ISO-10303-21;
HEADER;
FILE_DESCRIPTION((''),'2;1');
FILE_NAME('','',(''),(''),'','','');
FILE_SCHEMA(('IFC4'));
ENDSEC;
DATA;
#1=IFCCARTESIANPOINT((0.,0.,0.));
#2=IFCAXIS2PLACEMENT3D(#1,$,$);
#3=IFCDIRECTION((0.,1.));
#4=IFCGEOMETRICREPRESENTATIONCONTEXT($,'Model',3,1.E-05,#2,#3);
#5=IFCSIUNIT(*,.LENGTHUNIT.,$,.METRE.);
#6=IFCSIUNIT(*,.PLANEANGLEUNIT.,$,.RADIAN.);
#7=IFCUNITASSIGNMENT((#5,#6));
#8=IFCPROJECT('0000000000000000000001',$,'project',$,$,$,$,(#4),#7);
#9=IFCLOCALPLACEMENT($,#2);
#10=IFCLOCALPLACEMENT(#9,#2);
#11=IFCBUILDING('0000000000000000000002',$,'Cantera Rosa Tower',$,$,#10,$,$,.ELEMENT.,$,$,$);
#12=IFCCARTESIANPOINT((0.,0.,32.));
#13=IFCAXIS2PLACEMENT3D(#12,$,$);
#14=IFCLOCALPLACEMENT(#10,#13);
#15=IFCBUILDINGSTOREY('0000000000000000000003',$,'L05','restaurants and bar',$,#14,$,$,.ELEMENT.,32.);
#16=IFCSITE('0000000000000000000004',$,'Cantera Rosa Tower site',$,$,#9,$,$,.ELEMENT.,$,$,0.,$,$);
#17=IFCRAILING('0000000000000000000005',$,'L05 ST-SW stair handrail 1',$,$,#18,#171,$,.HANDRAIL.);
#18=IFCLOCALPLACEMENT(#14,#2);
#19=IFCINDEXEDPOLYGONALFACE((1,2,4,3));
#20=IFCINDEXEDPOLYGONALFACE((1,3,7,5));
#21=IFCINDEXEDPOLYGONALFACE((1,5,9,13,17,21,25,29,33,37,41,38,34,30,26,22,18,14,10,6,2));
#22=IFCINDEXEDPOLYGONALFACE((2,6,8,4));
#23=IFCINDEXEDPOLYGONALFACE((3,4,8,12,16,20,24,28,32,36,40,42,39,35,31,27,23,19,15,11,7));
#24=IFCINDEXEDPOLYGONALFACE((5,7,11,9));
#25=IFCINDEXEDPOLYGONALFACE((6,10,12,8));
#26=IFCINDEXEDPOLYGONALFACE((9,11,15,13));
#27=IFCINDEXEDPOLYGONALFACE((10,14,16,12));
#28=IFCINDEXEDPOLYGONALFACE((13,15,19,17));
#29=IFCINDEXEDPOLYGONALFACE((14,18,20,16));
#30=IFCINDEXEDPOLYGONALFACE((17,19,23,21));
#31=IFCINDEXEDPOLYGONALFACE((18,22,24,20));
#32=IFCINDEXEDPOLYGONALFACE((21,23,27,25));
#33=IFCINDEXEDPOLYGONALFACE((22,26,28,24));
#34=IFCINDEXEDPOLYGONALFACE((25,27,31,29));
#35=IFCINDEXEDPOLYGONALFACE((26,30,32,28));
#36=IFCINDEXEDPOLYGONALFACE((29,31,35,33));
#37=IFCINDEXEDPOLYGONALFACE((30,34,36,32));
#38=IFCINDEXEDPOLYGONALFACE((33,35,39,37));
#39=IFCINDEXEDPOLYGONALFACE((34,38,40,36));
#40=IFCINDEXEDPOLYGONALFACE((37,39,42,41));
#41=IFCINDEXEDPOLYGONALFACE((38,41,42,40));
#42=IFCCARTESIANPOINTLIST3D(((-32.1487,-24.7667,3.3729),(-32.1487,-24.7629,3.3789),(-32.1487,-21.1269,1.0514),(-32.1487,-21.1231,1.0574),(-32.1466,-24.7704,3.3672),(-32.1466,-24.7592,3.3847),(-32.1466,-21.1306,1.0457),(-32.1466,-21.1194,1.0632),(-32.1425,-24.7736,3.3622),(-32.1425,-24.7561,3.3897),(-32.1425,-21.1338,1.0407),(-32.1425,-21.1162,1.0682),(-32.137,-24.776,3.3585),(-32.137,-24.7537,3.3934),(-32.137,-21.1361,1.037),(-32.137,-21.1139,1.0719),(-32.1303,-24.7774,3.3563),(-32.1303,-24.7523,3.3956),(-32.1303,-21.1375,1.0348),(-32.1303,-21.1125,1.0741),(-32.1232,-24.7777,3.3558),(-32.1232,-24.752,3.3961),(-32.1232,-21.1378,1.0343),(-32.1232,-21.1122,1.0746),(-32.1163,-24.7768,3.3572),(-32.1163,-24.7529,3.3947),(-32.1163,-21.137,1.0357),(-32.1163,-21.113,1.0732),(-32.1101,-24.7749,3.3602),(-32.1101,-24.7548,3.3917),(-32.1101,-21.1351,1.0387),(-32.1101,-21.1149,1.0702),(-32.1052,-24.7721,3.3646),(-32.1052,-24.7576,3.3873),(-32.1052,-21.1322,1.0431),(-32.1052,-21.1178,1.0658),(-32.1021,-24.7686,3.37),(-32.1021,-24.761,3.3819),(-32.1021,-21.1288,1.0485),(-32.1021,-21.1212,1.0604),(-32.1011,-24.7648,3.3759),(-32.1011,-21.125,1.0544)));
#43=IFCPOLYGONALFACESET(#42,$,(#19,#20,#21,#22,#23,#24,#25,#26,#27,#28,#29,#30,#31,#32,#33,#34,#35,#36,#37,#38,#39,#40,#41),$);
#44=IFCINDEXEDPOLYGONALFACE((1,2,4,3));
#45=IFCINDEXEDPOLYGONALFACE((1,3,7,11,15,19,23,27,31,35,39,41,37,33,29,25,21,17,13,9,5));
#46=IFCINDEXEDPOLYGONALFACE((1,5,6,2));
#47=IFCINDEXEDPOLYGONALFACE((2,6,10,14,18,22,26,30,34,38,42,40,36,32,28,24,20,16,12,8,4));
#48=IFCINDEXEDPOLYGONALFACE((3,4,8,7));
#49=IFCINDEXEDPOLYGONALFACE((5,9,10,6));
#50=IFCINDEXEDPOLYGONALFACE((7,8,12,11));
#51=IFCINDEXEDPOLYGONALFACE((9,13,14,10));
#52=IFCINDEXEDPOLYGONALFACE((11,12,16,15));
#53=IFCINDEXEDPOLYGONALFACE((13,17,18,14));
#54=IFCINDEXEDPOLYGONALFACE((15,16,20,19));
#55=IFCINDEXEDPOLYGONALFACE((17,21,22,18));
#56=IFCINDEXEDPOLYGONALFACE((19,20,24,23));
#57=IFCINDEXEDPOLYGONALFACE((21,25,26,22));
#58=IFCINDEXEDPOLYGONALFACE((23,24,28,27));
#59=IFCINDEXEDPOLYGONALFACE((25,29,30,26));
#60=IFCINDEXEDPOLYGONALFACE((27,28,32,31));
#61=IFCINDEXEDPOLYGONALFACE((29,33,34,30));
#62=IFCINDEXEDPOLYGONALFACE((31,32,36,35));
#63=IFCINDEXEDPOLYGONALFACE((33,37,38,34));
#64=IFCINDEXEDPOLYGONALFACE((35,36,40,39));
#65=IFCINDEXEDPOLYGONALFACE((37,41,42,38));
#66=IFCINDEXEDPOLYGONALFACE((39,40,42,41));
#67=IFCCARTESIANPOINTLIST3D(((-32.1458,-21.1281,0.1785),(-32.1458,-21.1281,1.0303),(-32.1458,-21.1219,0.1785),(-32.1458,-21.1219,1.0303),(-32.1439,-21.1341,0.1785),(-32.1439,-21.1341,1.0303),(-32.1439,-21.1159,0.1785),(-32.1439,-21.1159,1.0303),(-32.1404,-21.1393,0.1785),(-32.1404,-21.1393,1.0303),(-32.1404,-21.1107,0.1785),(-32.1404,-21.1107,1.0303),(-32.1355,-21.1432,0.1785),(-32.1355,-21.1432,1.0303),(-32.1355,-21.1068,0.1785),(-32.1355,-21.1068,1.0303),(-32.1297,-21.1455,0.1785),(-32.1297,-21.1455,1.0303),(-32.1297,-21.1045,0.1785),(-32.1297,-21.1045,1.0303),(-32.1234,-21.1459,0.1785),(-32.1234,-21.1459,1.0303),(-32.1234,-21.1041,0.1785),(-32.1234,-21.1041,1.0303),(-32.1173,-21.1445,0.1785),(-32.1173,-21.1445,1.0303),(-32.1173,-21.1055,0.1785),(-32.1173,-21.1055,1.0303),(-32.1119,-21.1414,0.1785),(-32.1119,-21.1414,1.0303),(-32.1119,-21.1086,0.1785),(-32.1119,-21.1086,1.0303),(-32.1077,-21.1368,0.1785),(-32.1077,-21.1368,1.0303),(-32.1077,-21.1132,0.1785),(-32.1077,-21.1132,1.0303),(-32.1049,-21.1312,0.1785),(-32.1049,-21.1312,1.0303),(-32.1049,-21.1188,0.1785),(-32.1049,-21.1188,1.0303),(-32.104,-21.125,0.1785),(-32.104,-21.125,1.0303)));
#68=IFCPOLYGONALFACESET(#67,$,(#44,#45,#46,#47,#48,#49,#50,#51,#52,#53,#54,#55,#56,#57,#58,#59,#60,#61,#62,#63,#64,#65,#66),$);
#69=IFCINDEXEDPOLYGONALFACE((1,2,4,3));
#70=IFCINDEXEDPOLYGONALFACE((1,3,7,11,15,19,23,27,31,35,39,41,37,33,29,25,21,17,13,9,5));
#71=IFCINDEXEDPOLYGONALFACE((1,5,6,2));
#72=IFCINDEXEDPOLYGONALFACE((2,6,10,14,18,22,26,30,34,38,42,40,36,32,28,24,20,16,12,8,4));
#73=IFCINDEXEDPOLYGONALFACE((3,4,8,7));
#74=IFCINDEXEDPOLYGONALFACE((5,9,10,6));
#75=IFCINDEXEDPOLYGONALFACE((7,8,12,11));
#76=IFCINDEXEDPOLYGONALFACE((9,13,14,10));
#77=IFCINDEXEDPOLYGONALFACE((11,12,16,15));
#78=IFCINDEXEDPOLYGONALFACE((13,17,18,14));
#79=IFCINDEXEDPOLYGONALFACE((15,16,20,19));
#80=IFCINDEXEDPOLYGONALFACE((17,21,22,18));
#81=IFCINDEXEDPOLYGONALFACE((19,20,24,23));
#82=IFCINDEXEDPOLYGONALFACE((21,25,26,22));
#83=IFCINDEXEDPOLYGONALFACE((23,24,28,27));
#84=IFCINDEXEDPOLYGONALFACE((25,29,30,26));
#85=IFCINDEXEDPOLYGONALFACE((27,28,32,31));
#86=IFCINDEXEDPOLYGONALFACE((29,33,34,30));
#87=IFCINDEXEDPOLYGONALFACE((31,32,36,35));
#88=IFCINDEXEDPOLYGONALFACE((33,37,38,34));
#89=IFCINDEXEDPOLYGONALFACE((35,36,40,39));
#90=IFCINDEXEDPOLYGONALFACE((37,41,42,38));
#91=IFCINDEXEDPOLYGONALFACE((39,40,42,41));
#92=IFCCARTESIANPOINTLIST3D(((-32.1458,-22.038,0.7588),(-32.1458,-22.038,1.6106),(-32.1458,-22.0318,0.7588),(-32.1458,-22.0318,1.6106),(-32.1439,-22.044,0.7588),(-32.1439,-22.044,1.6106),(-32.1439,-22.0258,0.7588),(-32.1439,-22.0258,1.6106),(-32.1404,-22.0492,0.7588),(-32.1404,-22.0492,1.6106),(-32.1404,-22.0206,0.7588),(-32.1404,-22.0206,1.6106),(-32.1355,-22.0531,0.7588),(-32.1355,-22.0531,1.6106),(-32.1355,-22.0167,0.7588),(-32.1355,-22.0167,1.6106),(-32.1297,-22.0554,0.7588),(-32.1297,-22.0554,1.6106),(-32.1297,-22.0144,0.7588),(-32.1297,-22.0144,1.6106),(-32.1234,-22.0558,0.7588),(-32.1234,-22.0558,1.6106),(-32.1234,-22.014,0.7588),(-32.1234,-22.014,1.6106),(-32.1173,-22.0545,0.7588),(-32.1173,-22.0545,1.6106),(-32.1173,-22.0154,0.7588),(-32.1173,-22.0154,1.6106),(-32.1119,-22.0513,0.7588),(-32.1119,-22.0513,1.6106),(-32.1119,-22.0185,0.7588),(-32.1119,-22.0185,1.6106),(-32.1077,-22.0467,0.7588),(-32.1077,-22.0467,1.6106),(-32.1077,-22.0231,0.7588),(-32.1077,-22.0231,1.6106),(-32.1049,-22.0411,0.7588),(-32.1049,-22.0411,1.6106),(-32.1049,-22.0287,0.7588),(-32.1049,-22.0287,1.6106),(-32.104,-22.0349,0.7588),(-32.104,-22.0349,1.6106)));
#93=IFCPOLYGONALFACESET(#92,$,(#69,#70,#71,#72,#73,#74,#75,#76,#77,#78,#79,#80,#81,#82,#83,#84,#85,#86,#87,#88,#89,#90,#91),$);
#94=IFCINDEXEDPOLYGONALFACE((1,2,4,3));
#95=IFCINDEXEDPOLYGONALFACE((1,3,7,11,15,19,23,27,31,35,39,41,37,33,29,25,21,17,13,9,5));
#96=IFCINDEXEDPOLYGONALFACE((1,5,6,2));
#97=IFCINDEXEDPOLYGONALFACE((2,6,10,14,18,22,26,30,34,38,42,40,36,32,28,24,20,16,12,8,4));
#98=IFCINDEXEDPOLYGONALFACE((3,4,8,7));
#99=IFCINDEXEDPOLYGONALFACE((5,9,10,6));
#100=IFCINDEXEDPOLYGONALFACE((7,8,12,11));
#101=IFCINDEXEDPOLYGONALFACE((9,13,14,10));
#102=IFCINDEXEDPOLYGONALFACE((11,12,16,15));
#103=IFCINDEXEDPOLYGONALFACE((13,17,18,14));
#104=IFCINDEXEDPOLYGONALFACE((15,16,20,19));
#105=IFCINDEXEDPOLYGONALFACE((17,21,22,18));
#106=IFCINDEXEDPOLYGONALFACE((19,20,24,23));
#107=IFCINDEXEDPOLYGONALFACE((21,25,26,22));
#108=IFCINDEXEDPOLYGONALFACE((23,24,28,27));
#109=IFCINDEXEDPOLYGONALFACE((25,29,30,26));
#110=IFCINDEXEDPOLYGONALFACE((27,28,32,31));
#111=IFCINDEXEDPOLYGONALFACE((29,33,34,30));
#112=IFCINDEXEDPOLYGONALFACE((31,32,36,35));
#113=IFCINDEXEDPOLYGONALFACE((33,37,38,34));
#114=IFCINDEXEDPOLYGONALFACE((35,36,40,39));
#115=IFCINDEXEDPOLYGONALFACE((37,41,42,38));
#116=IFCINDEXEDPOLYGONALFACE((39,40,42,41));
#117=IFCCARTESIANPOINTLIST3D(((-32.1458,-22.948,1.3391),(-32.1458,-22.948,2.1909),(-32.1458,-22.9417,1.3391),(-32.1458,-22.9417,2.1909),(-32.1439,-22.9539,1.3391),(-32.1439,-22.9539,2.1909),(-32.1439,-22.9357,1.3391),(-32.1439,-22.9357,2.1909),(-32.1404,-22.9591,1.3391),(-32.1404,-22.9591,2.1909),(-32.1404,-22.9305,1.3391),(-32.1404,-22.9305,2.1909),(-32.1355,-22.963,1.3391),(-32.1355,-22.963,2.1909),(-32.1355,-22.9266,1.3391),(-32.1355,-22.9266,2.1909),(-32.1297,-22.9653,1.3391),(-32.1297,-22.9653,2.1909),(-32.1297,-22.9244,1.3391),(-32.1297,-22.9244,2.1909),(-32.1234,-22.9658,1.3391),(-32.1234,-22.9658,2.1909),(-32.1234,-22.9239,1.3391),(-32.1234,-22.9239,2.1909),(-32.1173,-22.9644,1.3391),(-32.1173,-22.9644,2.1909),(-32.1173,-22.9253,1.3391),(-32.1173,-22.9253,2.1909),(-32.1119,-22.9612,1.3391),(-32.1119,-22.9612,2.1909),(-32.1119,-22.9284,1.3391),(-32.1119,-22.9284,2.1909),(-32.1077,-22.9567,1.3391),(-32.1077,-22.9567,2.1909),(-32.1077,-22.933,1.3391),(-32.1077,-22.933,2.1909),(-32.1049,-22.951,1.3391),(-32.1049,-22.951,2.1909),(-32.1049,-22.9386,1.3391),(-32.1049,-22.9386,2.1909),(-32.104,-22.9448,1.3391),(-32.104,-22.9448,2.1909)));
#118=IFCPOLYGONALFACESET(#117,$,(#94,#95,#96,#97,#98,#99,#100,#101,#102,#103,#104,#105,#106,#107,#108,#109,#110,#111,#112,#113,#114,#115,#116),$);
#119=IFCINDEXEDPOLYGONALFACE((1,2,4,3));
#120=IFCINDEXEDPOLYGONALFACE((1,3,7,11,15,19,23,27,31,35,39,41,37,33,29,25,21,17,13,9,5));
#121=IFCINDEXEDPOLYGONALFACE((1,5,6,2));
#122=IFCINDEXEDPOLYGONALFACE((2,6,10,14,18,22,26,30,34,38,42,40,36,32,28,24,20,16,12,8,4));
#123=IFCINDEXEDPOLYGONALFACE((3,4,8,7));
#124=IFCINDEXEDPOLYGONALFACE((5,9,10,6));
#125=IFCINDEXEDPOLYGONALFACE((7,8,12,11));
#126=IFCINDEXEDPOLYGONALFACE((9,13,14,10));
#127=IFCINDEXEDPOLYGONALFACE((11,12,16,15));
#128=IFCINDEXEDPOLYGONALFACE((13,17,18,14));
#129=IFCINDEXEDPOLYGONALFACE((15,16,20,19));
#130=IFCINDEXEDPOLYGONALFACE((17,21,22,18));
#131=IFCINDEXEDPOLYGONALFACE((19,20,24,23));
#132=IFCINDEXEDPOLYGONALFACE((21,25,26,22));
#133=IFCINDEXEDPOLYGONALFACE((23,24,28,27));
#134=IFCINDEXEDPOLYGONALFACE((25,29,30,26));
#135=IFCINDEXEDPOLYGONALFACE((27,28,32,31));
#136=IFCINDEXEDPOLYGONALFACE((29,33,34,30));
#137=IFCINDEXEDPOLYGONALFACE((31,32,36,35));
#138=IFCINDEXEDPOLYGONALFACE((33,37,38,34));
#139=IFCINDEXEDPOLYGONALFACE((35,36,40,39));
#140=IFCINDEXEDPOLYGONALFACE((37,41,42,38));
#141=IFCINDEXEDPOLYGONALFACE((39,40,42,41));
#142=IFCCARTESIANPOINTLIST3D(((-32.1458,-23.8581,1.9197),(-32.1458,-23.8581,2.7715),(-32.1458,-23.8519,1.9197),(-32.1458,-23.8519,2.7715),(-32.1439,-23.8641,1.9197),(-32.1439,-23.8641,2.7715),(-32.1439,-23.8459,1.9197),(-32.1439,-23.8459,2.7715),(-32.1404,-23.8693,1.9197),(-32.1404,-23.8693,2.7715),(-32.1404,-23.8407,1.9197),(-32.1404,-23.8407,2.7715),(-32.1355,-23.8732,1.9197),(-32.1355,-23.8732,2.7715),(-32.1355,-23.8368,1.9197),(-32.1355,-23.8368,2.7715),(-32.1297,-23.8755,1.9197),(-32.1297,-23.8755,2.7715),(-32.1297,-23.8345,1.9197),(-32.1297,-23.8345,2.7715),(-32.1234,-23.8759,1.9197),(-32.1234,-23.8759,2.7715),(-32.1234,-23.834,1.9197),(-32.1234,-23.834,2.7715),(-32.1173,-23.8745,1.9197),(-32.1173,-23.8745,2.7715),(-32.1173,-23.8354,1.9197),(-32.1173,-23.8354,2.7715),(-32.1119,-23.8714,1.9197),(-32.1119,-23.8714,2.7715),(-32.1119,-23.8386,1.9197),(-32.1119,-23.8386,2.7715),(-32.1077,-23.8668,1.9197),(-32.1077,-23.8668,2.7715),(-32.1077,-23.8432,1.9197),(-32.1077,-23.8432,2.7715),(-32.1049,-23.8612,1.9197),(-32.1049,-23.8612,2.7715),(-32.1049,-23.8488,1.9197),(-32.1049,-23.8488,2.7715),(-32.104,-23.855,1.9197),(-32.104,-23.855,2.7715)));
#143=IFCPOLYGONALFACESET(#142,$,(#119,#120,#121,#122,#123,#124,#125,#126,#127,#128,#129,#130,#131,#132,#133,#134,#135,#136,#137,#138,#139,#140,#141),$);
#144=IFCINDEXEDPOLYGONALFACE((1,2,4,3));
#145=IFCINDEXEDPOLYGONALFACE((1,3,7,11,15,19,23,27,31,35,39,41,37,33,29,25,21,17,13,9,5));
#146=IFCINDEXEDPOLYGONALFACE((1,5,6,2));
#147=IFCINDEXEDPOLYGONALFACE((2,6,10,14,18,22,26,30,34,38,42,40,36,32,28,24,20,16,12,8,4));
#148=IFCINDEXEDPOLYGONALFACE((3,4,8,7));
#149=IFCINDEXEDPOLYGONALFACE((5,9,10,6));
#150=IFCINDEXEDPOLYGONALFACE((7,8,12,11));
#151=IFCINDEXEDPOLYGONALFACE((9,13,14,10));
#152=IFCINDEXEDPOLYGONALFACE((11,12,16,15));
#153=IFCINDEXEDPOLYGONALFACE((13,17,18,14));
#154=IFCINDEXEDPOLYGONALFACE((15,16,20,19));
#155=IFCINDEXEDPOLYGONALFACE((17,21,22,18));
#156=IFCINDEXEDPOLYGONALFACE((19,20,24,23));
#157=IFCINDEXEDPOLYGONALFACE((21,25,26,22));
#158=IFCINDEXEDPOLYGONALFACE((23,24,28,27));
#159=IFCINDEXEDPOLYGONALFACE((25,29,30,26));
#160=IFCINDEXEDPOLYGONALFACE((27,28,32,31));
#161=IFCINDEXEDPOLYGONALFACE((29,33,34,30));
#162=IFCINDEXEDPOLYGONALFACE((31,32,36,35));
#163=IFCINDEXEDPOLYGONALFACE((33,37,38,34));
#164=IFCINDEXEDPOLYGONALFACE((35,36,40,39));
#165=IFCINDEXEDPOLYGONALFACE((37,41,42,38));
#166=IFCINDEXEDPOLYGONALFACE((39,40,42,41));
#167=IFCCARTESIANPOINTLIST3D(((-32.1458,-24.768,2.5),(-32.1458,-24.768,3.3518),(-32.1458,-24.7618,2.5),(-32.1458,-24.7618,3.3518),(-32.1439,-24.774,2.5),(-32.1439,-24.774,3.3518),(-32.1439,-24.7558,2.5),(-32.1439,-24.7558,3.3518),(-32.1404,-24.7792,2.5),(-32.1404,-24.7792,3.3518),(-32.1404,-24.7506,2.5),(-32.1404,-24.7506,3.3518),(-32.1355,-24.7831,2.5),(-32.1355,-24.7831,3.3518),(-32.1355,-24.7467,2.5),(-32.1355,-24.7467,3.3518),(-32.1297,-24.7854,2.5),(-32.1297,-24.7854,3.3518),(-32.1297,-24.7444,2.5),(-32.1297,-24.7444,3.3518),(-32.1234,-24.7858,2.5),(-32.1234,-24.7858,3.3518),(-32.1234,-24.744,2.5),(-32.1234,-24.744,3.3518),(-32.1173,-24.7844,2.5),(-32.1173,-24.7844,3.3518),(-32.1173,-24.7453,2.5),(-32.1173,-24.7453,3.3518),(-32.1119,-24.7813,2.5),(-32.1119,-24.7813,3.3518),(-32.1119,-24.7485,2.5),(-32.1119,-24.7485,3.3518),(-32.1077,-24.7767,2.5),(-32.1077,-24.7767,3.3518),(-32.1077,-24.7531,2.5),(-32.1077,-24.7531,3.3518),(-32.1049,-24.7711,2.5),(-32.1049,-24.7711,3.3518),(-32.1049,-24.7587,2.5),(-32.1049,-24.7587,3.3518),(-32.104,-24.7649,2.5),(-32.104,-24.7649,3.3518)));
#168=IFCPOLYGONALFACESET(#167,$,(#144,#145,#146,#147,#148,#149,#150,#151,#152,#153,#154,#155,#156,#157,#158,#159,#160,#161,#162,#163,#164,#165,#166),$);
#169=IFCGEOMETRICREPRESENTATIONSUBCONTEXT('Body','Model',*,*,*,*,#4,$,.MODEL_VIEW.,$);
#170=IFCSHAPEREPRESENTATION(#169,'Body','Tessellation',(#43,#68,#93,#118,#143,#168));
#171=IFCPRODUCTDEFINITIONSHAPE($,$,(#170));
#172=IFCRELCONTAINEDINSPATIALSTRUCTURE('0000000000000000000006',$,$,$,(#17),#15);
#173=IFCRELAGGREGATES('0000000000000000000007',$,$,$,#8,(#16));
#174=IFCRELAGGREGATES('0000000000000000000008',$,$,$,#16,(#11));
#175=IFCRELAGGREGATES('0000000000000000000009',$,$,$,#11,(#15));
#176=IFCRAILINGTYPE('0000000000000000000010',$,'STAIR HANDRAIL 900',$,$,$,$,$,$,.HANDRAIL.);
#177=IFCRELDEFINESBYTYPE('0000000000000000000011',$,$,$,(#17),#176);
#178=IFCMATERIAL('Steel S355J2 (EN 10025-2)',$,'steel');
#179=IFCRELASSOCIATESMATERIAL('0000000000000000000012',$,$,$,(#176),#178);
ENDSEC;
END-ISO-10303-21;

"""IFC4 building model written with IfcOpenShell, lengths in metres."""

from ifc_helpers import new_model, si_unit, direction, frame, origin, origin_2d, place, context, subcontext, project, spatial, circle, extrude, material, type_object, element, save


model = new_model("IFC4")

# Units and contexts
model_context = context("Model", 3, precision=1e-05, world=origin(), true_north=direction((0.0, 1.0)))
body_context = subcontext(model_context, "Body", "Model", "MODEL_VIEW")
ifc_project = project(units=[si_unit("LENGTHUNIT", "METRE"), si_unit("PLANEANGLEUNIT", "RADIAN")], contexts=[model_context])

# Site, building, storey
site_placement = place(None, origin())
site = spatial("IfcSite", under=ifc_project, at=site_placement, Name="Cantera Rosa Tower site", CompositionType="ELEMENT", RefElevation=0.0)
building_placement = place(site_placement, origin())
building = spatial("IfcBuilding", under=site, at=building_placement, Name="Cantera Rosa Tower", CompositionType="ELEMENT")
storey_placement = place(building_placement, frame((0.0, 0.0, 32.0)))
storey = spatial("IfcBuildingStorey", under=building, at=storey_placement, Name="L05", Description="restaurants and bar", CompositionType="ELEMENT", Elevation=32.0)

# Railing
ifc_material_1 = material(Name="Steel S355J2 (EN 10025-2)", Category="steel")
railing_type_1 = type_object("IfcRailingType", Name="STAIR HANDRAIL 900", PredefinedType="HANDRAIL", material=ifc_material_1)
railing_1_placement = place(storey_placement, frame((-32.125, -21.125, 0.1785)))
element("IfcRailing", 1, at=railing_1_placement, inside=storey, type_object=railing_type_1, Name="L05 ST-SW stair handrail 1", PredefinedType="HANDRAIL", context=body_context, shape_type="SweptSolid", body=[
    extrude(circle(Radius=0.0239, at=origin_2d()), frame((0.0, 0.0, 0.876), z_axis=(0.0, -0.843112, 0.537739), x_axis=(1.0, 0.0, 0.0)), (0.0, 0.0, 1.0), 4.3171),
    extrude(circle(Radius=0.021, at=origin_2d()), origin(), (0.0, 0.0, 1.0), 0.8518),
    extrude(circle(Radius=0.021, at=origin_2d()), frame((0.0, -0.9099, 0.5803)), (0.0, 0.0, 1.0), 0.8518),
    extrude(circle(Radius=0.021, at=origin_2d()), frame((0.0, -1.8198, 1.1606)), (0.0, 0.0, 1.0), 0.8518),
    extrude(circle(Radius=0.021, at=origin_2d()), frame((0.0, -2.73, 1.7412)), (0.0, 0.0, 1.0), 0.8518),
    extrude(circle(Radius=0.021, at=origin_2d()), frame((0.0, -3.6399, 2.3215)), (0.0, 0.0, 1.0), 0.8518),
])

save(model, "model.ifc")
